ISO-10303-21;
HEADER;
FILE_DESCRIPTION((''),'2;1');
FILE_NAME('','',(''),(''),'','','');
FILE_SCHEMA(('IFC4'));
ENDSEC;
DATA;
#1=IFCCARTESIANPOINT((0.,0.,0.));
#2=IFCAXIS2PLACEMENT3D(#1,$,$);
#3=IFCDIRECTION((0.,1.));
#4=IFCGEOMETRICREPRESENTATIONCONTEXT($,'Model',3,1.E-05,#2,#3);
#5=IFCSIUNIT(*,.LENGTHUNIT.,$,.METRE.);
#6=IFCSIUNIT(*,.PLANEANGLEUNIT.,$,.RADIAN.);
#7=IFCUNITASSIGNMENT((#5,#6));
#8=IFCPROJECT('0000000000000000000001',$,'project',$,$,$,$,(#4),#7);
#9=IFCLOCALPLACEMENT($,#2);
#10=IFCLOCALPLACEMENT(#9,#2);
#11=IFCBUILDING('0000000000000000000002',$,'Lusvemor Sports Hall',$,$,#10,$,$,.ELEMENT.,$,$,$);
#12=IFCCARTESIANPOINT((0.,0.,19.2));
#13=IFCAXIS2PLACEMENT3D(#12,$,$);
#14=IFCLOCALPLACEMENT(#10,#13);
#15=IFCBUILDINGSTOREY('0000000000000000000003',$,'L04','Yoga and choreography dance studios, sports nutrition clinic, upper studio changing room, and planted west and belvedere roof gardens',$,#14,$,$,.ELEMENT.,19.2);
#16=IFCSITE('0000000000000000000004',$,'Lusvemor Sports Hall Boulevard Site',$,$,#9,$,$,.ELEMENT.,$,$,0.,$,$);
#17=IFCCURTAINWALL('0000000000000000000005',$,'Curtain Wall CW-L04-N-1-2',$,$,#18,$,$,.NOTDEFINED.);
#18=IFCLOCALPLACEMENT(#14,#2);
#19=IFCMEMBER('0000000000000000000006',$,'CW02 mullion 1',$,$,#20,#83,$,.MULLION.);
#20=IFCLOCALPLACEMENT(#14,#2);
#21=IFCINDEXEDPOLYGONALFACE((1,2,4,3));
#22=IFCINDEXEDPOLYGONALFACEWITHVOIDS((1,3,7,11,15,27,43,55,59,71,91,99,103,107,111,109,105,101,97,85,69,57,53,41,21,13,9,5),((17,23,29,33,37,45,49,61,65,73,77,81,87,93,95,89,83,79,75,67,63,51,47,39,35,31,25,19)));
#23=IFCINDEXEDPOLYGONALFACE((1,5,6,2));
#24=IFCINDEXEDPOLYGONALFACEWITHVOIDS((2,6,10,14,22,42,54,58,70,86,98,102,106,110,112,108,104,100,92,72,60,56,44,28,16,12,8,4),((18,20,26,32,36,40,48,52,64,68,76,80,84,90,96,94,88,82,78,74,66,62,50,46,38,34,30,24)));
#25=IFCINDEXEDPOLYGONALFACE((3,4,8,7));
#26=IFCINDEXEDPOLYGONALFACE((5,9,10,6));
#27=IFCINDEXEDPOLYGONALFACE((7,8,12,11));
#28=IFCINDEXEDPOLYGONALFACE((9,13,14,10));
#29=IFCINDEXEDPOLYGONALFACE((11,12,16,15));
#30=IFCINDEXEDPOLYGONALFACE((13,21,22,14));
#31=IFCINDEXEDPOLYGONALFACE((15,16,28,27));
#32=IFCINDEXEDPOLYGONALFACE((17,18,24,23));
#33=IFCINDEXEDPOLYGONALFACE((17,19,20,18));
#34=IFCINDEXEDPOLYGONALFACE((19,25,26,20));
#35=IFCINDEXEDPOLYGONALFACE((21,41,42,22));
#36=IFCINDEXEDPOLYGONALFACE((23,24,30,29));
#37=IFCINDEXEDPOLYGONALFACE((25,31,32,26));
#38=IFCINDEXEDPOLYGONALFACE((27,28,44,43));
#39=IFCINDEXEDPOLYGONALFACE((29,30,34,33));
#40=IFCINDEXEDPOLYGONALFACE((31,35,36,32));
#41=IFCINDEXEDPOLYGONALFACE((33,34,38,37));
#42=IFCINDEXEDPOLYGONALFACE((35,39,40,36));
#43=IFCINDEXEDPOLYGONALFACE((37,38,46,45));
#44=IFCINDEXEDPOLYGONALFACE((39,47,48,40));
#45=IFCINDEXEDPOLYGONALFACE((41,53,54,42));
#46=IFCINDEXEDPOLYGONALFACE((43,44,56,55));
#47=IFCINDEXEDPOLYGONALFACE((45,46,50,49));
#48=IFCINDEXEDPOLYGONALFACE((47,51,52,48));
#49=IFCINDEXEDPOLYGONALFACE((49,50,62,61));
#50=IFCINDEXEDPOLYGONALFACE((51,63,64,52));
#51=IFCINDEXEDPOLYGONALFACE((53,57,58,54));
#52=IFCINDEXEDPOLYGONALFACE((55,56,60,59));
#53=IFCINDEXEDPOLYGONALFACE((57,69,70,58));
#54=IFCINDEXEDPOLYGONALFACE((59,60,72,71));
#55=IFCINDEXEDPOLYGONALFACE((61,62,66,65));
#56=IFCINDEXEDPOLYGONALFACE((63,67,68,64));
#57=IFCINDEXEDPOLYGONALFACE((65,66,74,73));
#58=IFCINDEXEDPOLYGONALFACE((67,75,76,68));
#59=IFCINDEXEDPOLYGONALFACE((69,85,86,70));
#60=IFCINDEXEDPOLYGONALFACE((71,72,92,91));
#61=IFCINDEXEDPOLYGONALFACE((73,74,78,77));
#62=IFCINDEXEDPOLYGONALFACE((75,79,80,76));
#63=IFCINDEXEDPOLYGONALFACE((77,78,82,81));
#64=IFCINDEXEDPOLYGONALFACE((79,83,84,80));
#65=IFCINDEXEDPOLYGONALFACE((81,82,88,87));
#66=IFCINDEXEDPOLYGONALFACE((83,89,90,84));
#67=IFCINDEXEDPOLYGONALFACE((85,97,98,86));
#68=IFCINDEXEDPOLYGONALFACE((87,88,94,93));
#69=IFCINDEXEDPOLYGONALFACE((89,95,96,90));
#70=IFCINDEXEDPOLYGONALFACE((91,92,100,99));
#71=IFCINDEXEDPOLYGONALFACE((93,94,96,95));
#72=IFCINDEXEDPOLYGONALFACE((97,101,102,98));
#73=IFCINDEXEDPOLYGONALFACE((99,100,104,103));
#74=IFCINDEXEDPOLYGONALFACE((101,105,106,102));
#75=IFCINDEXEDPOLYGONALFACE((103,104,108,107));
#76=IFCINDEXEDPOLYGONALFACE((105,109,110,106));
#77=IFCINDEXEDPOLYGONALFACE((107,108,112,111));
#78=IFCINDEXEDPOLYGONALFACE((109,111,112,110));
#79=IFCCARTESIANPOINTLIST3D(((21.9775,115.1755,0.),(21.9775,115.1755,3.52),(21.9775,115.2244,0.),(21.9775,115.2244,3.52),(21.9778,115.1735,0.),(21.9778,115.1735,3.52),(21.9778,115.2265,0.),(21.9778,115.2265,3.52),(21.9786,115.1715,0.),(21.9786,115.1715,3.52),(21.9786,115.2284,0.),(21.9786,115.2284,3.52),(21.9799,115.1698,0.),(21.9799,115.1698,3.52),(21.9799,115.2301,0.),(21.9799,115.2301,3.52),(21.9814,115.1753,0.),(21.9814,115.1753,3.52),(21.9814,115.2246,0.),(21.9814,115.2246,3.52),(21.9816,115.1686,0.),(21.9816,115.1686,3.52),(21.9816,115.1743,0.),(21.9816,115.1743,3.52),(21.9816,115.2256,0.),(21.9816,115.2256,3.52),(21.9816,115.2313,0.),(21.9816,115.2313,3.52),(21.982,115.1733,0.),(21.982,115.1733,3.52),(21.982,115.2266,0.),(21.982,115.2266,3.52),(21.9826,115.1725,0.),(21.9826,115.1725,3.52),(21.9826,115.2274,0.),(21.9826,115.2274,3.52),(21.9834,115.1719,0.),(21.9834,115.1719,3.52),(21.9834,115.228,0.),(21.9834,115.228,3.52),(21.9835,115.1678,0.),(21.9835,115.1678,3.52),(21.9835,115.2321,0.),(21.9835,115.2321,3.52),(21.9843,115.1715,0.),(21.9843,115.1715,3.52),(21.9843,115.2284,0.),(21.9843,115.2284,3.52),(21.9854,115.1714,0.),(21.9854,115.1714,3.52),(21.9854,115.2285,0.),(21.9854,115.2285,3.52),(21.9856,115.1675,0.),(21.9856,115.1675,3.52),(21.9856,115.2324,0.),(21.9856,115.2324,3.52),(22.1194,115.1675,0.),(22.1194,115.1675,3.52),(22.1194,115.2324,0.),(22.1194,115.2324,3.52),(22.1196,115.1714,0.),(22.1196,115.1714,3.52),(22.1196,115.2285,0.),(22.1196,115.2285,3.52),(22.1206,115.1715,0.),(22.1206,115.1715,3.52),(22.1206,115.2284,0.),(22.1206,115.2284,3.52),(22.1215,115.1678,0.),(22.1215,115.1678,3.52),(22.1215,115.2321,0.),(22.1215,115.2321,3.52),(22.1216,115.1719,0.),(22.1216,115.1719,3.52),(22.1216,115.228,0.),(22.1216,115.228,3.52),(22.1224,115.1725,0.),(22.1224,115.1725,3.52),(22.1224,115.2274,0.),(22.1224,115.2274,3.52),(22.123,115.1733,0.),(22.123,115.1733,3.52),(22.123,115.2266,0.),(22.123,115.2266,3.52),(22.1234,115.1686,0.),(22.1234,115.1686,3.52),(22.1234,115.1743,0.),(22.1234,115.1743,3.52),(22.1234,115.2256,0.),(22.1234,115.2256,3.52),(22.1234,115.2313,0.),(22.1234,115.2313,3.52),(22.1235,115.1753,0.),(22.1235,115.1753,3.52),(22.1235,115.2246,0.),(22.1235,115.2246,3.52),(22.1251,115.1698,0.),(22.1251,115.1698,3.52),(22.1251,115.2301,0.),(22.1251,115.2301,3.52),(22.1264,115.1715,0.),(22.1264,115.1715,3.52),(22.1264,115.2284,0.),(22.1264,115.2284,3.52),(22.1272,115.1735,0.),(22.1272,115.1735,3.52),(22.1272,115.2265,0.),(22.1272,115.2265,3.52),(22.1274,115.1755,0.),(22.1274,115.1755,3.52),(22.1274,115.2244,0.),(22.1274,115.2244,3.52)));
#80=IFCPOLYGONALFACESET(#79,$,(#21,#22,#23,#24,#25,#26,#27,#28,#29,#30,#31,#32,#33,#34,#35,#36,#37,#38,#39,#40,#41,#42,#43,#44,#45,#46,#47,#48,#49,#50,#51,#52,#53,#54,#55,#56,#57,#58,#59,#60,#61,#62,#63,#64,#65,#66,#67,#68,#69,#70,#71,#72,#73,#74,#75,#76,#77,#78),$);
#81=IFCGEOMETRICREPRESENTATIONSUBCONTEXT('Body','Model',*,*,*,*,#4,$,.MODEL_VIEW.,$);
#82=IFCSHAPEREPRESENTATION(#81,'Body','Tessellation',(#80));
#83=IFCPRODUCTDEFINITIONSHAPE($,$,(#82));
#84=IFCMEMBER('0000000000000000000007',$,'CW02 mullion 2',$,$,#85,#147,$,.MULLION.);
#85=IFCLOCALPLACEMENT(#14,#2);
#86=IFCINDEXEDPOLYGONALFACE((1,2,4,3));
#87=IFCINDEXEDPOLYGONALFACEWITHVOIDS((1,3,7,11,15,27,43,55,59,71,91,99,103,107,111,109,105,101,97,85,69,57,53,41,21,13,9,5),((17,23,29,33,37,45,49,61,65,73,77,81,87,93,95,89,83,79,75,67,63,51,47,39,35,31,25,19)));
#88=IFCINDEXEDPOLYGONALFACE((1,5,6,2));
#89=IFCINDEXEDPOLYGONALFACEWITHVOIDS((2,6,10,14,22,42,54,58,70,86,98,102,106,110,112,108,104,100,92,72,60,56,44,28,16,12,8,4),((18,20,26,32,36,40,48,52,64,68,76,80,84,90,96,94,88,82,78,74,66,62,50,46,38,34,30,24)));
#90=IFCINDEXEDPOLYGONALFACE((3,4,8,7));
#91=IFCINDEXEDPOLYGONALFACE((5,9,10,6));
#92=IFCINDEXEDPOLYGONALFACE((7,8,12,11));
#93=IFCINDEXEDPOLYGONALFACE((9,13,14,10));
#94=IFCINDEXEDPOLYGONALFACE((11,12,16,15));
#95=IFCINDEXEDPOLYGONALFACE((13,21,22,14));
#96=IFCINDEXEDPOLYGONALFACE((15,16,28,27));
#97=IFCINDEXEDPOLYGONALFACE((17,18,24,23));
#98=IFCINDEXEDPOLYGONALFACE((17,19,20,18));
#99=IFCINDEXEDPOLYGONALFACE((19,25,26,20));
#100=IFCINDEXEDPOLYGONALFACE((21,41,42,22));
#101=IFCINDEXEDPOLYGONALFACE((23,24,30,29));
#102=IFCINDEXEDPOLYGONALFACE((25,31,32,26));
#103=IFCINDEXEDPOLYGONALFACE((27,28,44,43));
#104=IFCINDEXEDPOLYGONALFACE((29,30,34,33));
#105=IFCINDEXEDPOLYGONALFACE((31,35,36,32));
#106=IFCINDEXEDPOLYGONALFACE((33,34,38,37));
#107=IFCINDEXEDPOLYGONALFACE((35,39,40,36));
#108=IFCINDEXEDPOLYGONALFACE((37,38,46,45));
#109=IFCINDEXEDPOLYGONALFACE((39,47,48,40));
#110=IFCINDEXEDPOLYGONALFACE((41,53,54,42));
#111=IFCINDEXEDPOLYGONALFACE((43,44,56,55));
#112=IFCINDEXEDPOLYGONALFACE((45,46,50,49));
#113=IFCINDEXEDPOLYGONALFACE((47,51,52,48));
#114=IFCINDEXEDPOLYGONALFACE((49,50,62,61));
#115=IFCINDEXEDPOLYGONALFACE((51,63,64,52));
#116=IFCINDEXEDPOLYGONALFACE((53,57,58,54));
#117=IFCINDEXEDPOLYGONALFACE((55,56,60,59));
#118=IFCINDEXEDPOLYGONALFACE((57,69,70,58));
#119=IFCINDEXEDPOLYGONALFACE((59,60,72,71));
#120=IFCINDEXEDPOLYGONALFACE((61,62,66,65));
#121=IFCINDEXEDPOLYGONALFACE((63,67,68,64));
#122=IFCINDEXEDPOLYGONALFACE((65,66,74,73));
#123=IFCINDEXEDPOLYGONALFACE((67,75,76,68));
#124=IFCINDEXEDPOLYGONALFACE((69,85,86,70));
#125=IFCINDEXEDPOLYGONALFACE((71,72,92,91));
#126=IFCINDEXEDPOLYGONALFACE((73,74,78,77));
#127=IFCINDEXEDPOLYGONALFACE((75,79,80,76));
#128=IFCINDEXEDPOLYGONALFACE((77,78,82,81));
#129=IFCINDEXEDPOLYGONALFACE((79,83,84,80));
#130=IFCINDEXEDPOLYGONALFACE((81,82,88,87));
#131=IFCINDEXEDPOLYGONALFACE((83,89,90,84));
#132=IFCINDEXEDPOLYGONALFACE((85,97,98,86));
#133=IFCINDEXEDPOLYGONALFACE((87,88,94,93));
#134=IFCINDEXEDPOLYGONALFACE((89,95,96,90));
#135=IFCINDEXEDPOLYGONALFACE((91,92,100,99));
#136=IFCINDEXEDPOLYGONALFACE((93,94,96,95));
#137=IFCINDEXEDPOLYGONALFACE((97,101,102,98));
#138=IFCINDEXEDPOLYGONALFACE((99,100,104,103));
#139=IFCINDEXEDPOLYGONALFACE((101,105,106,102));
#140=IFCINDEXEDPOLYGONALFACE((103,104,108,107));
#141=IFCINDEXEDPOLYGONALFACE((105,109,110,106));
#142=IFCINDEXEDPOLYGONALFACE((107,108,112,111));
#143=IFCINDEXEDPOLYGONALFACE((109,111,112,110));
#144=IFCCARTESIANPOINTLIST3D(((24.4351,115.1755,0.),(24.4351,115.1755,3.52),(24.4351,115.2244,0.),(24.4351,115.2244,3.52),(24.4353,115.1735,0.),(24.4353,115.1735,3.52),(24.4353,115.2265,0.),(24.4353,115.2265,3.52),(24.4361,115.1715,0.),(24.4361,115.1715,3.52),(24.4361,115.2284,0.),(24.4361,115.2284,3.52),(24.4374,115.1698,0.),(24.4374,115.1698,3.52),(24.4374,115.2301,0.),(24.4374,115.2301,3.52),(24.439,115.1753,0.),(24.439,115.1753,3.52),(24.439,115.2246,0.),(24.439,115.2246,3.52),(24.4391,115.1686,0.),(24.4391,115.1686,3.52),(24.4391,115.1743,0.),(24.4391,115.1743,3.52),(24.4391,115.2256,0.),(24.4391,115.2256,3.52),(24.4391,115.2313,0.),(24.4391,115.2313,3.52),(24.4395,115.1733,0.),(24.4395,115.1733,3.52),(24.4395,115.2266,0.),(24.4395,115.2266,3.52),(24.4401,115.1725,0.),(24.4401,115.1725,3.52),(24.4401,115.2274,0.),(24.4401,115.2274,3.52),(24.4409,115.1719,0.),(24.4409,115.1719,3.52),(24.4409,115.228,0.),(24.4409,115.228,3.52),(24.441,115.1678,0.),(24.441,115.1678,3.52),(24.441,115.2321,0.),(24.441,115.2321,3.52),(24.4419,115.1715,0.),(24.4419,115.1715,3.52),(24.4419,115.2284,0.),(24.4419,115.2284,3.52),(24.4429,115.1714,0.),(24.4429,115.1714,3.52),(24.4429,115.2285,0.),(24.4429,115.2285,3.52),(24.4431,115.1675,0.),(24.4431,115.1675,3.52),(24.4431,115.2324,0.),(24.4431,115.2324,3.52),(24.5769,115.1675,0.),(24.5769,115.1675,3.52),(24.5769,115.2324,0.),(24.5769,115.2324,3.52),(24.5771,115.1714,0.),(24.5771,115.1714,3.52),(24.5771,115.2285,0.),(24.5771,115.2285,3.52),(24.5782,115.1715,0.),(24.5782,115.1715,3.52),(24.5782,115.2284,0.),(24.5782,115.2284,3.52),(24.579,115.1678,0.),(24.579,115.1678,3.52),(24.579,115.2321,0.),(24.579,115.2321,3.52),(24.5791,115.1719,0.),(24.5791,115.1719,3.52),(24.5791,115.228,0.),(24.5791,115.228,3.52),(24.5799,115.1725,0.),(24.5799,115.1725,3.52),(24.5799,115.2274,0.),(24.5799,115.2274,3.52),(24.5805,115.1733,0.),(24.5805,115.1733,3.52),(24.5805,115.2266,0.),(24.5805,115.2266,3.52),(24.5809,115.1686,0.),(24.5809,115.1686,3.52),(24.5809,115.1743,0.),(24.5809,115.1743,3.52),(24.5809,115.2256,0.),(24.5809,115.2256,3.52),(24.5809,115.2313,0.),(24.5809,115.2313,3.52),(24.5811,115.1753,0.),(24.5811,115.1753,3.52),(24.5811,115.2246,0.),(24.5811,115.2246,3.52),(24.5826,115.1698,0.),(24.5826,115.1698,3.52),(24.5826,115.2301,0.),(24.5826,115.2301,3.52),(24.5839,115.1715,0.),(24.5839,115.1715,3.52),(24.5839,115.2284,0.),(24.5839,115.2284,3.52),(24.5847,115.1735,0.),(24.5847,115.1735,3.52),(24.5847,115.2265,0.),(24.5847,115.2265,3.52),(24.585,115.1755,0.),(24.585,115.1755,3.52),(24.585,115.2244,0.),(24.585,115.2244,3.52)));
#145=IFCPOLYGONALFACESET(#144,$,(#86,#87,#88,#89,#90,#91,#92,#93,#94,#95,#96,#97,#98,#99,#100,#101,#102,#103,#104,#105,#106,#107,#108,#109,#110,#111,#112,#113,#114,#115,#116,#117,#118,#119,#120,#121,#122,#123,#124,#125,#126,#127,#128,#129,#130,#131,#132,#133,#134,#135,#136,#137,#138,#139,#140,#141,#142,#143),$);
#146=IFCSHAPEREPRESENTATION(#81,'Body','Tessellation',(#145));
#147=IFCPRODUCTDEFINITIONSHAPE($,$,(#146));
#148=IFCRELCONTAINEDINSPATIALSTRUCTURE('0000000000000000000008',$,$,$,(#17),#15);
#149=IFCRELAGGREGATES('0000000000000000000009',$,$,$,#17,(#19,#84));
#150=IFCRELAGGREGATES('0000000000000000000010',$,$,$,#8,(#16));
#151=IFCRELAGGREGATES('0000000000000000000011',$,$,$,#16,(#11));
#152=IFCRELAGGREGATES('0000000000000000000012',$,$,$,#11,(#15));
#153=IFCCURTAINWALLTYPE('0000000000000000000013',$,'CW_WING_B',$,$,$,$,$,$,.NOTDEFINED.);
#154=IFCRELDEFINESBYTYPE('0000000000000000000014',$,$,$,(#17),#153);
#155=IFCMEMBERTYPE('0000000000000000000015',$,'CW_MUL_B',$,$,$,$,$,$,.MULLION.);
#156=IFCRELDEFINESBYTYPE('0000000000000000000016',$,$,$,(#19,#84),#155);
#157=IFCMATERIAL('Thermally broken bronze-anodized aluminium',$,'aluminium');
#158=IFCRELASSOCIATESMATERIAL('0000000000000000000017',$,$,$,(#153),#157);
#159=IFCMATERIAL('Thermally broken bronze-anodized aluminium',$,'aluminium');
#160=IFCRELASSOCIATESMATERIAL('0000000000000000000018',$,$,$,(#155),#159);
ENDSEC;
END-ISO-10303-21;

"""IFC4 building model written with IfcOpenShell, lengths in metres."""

from ifc_helpers import new_model, si_unit, direction, frame, origin, origin_2d, place, context, subcontext, project, spatial, hollow_rectangle, extrude, material, material_profile, profile_set, type_object, element, aggregate, save


model = new_model("IFC4")

# Units and contexts
model_context = context("Model", 3, precision=1e-05, world=origin(), true_north=direction((0.0, 1.0)))
body_context = subcontext(model_context, "Body", "Model", "MODEL_VIEW")
ifc_project = project(units=[si_unit("LENGTHUNIT", "METRE"), si_unit("PLANEANGLEUNIT", "RADIAN")], contexts=[model_context])

# Site, building, storey
site_placement = place(None, origin())
site = spatial("IfcSite", under=ifc_project, at=site_placement, Name="Lusvemor Sports Hall Boulevard Site", CompositionType="ELEMENT", RefElevation=0.0)
building_placement = place(site_placement, origin())
building = spatial("IfcBuilding", under=site, at=building_placement, Name="Lusvemor Sports Hall", CompositionType="ELEMENT")
storey_placement = place(building_placement, frame((0.0, 0.0, 19.2)))
storey = spatial("IfcBuildingStorey", under=building, at=storey_placement, Name="L04", Description="Yoga and choreography dance studios, sports nutrition clinic, upper studio changing room, and planted west and belvedere roof gardens", CompositionType="ELEMENT", Elevation=19.2)

# Curtain wall, members
ifc_material_1 = material(Name="Thermally broken bronze-anodized aluminium", Category="aluminium")
curtain_wall_type = type_object("IfcCurtainWallType", Name="CW_WING_B", PredefinedType="NOTDEFINED", material=ifc_material_1)
curtain_wall_1_placement = place(storey_placement, origin())
curtain_wall_1 = element("IfcCurtainWall", 1, at=curtain_wall_1_placement, inside=storey, type_object=curtain_wall_type, Name="Curtain Wall CW-L04-N-1-2", PredefinedType="NOTDEFINED")
ifc_material_2 = material(Name="Thermally broken bronze-anodized aluminium", Category="aluminium")
ifc_material_profile_1 = material_profile(ifc_material_2, hollow_rectangle(XDim=0.0649, YDim=0.1499, WallThickness=0.0039, InnerFilletRadius=0.0039, OuterFilletRadius=0.0081, at=origin_2d()), Name="CWMUL150x65x4")
ifc_profile_set_1 = profile_set([ifc_material_profile_1], Name="Thermally broken bronze-anodized aluminium")
member_type_1 = type_object("IfcMemberType", Name="CW_MUL_B", PredefinedType="MULLION", material=ifc_profile_set_1)
member_1_placement = place(storey_placement, frame((22.0525, 115.2, 0.0), z_axis=(0.0, 0.0, 1.0), x_axis=(0.0, 1.0, 0.0)))
member_1 = element("IfcMember", 2, at=member_1_placement, type_object=member_type_1, Name="CW02 mullion 1", PredefinedType="MULLION", context=body_context, shape_type="SweptSolid", body=[
    extrude(hollow_rectangle(XDim=0.0649, YDim=0.1499, WallThickness=0.0039, InnerFilletRadius=0.0039, OuterFilletRadius=0.0081, at=origin_2d()), origin(), (0.0, 0.0, 1.0), 3.52),
])
member_2_placement = place(storey_placement, frame((24.51, 115.2, 0.0), z_axis=(0.0, 0.0, 1.0), x_axis=(0.0, 1.0, 0.0)))
member_2 = element("IfcMember", 3, at=member_2_placement, type_object=member_type_1, Name="CW02 mullion 2", PredefinedType="MULLION", context=body_context, shape_type="SweptSolid", body=[
    extrude(hollow_rectangle(XDim=0.0649, YDim=0.1499, WallThickness=0.0039, InnerFilletRadius=0.0039, OuterFilletRadius=0.0081, at=origin_2d()), origin(), (0.0, 0.0, 1.0), 3.52),
])

aggregate(curtain_wall_1, [member_1, member_2])

save(model, "model.ifc")
